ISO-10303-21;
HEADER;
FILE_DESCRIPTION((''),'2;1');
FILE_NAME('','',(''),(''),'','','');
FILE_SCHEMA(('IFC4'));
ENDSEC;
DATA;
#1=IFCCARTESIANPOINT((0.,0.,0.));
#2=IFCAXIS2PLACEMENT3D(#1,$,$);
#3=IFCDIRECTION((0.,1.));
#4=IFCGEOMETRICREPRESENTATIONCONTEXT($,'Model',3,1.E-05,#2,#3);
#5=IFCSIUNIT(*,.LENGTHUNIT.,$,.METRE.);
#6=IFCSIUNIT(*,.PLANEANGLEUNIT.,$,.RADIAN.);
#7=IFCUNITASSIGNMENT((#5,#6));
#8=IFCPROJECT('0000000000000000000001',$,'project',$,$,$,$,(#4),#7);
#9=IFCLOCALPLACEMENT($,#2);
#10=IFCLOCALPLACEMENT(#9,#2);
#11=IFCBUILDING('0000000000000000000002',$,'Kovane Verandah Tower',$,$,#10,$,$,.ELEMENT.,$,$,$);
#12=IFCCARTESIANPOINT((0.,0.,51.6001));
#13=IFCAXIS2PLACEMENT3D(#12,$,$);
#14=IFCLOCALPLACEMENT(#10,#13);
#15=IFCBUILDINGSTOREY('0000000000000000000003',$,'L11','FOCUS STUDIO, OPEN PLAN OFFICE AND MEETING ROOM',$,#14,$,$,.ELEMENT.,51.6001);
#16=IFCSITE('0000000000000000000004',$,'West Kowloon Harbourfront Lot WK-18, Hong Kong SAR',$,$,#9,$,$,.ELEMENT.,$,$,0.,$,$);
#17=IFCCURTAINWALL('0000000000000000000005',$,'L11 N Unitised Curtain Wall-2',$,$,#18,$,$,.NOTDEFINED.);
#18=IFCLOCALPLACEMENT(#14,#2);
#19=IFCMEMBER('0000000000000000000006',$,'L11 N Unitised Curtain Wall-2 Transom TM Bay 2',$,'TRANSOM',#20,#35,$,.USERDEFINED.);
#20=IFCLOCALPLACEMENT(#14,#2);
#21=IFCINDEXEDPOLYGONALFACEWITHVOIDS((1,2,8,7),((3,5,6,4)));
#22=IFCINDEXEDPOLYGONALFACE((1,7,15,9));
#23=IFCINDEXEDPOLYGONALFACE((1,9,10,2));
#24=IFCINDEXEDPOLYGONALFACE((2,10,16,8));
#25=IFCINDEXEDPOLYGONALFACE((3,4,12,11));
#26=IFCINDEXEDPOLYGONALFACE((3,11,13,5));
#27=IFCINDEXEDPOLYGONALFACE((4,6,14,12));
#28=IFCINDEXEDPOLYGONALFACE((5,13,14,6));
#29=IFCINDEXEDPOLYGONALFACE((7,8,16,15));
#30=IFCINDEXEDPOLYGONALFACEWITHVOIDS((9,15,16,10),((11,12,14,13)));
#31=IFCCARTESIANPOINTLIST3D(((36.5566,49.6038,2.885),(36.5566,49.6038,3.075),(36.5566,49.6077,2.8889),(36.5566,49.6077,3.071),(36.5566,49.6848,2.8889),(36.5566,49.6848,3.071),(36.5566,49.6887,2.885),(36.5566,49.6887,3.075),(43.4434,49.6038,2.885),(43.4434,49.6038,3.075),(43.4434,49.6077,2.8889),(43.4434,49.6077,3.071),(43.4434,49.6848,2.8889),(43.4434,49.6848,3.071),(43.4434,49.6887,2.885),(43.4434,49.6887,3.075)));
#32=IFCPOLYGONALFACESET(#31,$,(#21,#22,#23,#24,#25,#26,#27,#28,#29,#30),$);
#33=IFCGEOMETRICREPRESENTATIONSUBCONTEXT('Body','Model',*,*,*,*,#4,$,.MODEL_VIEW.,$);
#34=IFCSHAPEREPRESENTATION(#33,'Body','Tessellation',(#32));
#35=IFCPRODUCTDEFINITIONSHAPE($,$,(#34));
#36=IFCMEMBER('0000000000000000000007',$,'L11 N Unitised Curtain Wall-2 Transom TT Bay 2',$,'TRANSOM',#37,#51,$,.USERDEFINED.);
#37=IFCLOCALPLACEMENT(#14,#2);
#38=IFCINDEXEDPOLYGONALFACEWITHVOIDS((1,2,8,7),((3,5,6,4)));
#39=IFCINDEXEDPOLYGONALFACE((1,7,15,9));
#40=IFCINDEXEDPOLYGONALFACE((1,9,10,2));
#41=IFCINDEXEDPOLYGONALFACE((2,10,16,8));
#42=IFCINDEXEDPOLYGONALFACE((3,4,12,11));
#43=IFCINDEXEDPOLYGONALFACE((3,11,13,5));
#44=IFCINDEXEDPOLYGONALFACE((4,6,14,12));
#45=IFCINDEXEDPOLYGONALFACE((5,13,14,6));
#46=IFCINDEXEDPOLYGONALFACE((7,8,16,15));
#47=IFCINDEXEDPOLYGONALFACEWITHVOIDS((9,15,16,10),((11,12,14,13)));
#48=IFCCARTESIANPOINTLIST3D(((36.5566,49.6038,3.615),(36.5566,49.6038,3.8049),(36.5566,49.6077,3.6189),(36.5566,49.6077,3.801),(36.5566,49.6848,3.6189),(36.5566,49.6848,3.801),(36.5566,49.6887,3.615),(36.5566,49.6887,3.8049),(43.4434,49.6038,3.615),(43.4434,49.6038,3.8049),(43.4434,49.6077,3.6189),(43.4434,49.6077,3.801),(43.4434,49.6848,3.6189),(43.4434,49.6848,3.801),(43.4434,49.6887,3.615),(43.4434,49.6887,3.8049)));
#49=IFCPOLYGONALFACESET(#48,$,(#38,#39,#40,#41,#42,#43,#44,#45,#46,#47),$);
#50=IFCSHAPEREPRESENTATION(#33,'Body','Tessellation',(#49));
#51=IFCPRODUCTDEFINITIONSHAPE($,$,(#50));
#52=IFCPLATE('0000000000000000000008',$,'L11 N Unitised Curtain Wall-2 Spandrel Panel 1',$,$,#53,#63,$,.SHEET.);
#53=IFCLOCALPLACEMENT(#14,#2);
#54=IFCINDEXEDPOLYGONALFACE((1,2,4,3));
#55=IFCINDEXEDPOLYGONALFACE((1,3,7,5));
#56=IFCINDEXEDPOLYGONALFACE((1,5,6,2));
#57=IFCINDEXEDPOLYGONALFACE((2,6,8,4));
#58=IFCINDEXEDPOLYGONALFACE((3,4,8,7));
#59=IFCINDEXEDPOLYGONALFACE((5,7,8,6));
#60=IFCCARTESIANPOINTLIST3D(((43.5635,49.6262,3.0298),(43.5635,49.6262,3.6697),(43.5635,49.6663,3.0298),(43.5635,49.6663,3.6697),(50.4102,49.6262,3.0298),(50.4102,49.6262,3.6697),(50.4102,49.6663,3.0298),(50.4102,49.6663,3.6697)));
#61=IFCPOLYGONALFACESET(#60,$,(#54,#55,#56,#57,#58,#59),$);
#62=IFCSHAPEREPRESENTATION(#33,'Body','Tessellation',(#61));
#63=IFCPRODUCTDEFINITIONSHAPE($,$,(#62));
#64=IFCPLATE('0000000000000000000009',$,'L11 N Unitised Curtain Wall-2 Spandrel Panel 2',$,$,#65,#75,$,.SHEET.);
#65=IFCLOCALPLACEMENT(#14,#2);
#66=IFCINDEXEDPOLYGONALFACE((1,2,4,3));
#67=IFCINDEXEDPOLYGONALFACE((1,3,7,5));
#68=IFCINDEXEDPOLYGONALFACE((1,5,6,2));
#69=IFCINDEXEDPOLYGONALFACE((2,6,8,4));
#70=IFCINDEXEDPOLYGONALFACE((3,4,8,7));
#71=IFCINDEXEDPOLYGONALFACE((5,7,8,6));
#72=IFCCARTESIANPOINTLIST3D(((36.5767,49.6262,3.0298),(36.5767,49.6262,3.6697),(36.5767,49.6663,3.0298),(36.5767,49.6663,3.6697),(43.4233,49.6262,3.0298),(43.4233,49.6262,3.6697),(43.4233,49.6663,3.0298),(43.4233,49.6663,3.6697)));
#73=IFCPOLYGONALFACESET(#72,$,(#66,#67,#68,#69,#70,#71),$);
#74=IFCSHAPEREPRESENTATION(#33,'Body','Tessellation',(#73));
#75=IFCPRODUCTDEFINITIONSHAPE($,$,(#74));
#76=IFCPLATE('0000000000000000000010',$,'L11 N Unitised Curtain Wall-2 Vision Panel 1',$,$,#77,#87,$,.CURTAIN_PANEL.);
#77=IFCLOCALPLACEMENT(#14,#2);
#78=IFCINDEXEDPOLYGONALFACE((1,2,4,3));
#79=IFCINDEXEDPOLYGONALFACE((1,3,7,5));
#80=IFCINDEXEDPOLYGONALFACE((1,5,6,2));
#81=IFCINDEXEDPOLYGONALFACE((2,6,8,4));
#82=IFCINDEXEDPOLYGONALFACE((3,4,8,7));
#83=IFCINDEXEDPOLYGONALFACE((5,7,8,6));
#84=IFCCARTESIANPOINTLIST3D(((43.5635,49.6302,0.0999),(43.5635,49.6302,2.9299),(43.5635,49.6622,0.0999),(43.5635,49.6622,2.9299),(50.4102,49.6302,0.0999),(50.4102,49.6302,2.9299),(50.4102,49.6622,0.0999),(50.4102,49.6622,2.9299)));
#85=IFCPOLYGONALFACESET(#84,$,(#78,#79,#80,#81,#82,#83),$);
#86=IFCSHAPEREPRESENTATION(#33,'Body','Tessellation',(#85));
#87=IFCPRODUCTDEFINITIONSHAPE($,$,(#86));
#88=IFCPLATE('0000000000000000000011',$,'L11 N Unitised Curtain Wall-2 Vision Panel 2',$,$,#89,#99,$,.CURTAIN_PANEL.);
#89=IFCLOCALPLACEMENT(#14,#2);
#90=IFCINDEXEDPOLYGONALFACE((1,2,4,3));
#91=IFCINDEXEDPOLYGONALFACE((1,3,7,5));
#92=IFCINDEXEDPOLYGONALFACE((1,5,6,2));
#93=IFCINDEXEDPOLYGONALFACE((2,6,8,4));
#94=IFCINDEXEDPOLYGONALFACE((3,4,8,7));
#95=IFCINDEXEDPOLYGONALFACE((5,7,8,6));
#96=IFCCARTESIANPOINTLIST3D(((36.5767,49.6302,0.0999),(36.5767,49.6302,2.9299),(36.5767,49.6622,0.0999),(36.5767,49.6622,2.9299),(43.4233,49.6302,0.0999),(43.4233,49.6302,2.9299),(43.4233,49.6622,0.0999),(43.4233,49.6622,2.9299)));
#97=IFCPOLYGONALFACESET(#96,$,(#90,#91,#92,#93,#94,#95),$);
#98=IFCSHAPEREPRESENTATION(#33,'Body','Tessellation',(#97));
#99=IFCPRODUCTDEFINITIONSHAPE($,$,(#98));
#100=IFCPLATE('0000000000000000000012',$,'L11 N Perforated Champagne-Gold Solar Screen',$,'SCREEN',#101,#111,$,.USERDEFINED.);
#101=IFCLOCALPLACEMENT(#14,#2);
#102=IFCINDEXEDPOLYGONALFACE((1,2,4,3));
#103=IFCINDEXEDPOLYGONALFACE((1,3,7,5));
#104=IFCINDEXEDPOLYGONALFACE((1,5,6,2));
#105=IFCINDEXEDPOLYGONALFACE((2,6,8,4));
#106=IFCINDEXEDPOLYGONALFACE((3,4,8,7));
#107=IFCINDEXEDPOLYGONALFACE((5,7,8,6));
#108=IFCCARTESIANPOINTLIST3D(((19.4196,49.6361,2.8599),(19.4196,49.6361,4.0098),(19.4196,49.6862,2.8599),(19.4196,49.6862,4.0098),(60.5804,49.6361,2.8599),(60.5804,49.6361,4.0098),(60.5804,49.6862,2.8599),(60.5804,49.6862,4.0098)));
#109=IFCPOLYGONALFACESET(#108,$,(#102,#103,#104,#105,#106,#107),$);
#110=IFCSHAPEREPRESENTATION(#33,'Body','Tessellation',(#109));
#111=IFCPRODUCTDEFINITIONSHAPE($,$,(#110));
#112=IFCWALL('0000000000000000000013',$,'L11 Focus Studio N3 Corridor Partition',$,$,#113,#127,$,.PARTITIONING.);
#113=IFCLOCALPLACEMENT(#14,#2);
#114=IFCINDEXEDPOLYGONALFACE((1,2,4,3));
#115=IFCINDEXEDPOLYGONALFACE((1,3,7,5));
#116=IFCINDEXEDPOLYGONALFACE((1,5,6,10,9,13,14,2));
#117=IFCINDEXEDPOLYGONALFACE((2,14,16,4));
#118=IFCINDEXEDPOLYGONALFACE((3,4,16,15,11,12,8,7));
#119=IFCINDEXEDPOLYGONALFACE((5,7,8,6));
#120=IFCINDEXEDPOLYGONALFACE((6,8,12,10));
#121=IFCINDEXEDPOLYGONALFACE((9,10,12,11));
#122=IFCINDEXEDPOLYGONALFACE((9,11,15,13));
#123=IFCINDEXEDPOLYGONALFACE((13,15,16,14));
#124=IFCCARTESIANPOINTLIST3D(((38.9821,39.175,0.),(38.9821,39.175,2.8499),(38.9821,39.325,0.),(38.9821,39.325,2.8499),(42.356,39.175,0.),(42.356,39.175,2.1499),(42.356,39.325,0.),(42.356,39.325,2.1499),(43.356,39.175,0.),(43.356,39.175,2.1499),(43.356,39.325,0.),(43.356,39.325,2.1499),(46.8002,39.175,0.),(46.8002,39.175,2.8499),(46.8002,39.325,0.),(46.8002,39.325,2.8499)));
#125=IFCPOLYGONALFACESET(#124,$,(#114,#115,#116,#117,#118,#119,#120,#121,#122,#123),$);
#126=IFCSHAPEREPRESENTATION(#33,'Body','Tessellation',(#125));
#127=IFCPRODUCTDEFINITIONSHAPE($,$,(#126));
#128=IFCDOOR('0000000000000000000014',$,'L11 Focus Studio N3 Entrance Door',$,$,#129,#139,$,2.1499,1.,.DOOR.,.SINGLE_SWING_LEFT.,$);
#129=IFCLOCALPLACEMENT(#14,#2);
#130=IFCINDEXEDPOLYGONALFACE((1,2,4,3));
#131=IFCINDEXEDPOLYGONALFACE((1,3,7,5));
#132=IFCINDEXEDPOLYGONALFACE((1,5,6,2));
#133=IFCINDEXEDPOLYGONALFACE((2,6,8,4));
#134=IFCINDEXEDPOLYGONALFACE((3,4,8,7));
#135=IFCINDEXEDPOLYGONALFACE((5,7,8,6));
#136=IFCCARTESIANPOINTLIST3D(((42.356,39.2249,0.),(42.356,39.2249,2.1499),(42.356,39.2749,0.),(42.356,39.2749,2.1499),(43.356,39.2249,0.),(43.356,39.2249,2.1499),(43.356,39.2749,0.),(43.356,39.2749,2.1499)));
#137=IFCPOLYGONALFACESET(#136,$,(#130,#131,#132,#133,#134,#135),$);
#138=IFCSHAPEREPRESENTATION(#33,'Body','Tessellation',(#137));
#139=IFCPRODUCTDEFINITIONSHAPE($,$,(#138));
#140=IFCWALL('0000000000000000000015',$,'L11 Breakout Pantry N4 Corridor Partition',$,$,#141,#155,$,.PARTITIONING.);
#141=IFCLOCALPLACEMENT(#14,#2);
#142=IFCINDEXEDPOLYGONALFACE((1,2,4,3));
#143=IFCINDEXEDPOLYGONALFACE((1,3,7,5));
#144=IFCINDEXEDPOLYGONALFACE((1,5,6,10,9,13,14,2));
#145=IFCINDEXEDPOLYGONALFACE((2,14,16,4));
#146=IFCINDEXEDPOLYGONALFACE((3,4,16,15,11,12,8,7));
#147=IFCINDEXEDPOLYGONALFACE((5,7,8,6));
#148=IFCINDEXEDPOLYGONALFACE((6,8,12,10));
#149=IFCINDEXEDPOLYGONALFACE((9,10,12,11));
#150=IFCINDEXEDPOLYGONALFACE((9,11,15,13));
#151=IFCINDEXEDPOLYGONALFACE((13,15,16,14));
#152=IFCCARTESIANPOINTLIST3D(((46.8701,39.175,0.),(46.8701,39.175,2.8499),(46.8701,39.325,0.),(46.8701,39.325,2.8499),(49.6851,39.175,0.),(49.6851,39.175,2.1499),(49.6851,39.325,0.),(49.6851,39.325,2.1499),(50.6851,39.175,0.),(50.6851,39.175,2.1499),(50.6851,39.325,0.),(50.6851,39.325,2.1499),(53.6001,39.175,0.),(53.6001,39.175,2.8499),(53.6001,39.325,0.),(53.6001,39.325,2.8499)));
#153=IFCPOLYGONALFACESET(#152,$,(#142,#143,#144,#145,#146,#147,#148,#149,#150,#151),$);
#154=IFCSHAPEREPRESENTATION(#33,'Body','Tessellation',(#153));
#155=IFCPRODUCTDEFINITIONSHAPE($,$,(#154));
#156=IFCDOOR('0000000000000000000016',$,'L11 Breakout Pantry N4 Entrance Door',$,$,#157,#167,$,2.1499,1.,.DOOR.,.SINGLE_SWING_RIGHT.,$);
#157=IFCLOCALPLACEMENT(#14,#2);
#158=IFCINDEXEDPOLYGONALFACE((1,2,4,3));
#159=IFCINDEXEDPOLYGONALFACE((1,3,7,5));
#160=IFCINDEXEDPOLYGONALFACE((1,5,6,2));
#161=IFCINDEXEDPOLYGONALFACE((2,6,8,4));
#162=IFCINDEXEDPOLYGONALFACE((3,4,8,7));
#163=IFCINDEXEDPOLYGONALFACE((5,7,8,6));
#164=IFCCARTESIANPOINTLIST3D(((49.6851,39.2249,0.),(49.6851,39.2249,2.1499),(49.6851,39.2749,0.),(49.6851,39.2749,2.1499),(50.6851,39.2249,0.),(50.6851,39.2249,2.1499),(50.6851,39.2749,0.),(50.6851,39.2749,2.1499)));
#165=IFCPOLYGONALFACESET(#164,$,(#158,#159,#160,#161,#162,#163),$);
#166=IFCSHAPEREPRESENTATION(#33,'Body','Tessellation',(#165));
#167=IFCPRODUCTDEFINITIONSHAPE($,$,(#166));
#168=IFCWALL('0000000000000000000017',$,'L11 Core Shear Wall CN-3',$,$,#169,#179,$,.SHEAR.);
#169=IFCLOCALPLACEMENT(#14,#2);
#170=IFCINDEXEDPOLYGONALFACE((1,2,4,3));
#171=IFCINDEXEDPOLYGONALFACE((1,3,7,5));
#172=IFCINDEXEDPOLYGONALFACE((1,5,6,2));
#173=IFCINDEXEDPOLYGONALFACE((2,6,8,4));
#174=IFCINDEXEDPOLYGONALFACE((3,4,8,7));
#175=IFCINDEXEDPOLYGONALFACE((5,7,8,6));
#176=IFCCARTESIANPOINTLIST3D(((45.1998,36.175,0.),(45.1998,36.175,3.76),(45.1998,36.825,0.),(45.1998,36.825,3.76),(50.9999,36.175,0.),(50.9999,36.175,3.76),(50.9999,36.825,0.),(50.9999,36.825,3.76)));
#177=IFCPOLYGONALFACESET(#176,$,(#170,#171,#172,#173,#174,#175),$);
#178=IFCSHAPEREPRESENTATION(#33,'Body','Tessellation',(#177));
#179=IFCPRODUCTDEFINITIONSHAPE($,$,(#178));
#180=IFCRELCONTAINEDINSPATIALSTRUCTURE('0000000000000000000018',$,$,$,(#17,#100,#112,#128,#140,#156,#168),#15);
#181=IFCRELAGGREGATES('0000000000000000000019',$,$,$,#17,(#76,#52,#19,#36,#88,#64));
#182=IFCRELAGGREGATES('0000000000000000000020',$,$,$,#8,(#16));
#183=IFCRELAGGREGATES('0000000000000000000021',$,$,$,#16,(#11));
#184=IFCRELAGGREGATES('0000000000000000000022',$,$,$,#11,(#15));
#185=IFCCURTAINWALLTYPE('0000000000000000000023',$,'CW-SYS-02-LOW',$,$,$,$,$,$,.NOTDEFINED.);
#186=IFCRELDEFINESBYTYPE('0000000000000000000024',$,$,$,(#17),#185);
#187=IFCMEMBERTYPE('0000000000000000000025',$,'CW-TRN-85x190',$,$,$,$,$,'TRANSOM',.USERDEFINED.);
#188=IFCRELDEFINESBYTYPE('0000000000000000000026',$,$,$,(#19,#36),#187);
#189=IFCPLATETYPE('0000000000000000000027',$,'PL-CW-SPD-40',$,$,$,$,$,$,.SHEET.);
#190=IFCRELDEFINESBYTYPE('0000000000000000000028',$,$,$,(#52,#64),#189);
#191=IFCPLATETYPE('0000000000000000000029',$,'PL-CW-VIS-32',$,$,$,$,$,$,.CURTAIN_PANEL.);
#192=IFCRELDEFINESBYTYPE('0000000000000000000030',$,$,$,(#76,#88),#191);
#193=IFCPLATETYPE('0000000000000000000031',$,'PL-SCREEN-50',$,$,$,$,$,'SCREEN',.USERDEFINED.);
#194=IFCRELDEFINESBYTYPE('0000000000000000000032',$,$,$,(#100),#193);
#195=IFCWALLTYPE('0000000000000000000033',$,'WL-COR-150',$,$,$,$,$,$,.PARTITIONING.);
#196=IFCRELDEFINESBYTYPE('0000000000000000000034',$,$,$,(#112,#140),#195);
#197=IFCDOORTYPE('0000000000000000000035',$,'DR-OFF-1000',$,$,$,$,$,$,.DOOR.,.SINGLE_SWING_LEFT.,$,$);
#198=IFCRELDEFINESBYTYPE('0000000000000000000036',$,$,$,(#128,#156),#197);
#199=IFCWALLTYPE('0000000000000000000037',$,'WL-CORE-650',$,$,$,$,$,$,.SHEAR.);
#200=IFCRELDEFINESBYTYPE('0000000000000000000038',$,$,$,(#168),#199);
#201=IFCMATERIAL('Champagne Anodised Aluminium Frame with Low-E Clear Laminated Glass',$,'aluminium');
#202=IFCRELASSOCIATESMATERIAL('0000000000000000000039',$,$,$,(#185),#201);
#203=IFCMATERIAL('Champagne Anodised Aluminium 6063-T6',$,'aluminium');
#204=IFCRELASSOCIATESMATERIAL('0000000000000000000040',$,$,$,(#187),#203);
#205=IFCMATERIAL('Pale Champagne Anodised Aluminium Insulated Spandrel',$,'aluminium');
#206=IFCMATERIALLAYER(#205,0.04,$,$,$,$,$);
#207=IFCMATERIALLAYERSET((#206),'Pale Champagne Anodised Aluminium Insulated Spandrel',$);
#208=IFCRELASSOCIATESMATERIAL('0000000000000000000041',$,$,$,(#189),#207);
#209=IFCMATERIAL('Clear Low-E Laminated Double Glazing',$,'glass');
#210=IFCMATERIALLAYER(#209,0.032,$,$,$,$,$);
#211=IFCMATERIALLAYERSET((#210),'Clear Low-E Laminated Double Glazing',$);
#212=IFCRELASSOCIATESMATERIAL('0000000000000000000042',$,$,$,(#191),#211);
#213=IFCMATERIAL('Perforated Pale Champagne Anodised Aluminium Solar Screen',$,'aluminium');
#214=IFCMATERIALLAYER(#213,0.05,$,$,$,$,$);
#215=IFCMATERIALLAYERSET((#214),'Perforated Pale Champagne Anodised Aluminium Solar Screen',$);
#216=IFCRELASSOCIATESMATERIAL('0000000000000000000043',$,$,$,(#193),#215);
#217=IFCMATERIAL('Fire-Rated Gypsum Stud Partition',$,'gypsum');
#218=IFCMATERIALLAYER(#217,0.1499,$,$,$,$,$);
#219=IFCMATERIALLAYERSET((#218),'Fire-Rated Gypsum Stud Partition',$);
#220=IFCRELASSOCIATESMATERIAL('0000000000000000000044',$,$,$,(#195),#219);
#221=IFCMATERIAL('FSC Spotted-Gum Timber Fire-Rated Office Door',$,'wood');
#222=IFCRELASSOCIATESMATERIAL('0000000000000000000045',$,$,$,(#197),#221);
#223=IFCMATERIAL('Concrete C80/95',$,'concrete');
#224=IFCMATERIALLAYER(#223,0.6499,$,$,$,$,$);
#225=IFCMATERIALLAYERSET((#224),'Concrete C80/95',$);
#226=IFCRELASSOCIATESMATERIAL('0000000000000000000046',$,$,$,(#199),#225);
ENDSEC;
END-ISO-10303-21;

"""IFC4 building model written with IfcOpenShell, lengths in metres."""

from ifc_helpers import new_model, si_unit, direction, frame, frame_2d, origin, origin_2d, place, context, subcontext, project, spatial, rectangle, hollow_rectangle, extrude, material, layer, layer_set, material_profile, profile_set, type_object, element, fill, aggregate, save


model = new_model("IFC4")

# Units and contexts
model_context = context("Model", 3, precision=1e-05, world=origin(), true_north=direction((0.0, 1.0)))
body_context = subcontext(model_context, "Body", "Model", "MODEL_VIEW")
ifc_project = project(units=[si_unit("LENGTHUNIT", "METRE"), si_unit("PLANEANGLEUNIT", "RADIAN")], contexts=[model_context])

# Site, building, storey
site_placement = place(None, origin())
site = spatial("IfcSite", under=ifc_project, at=site_placement, Name="West Kowloon Harbourfront Lot WK-18, Hong Kong SAR", CompositionType="ELEMENT", RefElevation=0.0)
building_placement = place(site_placement, origin())
building = spatial("IfcBuilding", under=site, at=building_placement, Name="Kovane Verandah Tower", CompositionType="ELEMENT")
storey_placement = place(building_placement, frame((0.0, 0.0, 51.6001)))
storey = spatial("IfcBuildingStorey", under=building, at=storey_placement, Name="L11", Description="FOCUS STUDIO, OPEN PLAN OFFICE AND MEETING ROOM", CompositionType="ELEMENT", Elevation=51.6001)

# Shared definitions
ifc_material_1 = material(Name="Concrete C80/95", Category="concrete")

# Curtain wall, members, plates
ifc_material_2 = material(Name="Champagne Anodised Aluminium Frame with Low-E Clear Laminated Glass", Category="aluminium")
curtain_wall_type = type_object("IfcCurtainWallType", Name="CW-SYS-02-LOW", PredefinedType="NOTDEFINED", material=ifc_material_2)
curtain_wall_placement = place(storey_placement, origin())
curtain_wall = element("IfcCurtainWall", 1, at=curtain_wall_placement, inside=storey, type_object=curtain_wall_type, Name="L11 N Unitised Curtain Wall-2", PredefinedType="NOTDEFINED")
ifc_material_3 = material(Name="Champagne Anodised Aluminium 6063-T6", Category="aluminium")
ifc_material_profile_1 = material_profile(ifc_material_3, hollow_rectangle(XDim=0.085, YDim=0.1899, WallThickness=0.0039, at=origin_2d()), Name="AL85x190x4")
ifc_profile_set_1 = profile_set([ifc_material_profile_1], Name="Champagne Anodised Aluminium 6063-T6")
member_type_1 = type_object("IfcMemberType", Name="CW-TRN-85x190", ElementType="TRANSOM", PredefinedType="USERDEFINED", material=ifc_profile_set_1)
member_1_placement = place(storey_placement, frame((43.4434, 49.6462, 2.98), z_axis=(-1.0, 0.0, 0.0), x_axis=(0.0, -1.0, 0.0)))
member_1 = element("IfcMember", 2, at=member_1_placement, type_object=member_type_1, Name="L11 N Unitised Curtain Wall-2 Transom TM Bay 2", ObjectType="TRANSOM", PredefinedType="USERDEFINED", context=body_context, shape_type="SweptSolid", body=[
    extrude(hollow_rectangle(XDim=0.085, YDim=0.1899, WallThickness=0.0039, at=origin_2d()), origin(), (0.0, 0.0, 1.0), 6.8867),
])
member_2_placement = place(storey_placement, frame((43.4434, 49.6462, 3.71), z_axis=(-1.0, 0.0, 0.0), x_axis=(0.0, -1.0, 0.0)))
member_2 = element("IfcMember", 3, at=member_2_placement, type_object=member_type_1, Name="L11 N Unitised Curtain Wall-2 Transom TT Bay 2", ObjectType="TRANSOM", PredefinedType="USERDEFINED", context=body_context, shape_type="SweptSolid", body=[
    extrude(hollow_rectangle(XDim=0.085, YDim=0.1899, WallThickness=0.0039, at=origin_2d()), origin(), (0.0, 0.0, 1.0), 6.8867),
])
ifc_material_4 = material(Name="Pale Champagne Anodised Aluminium Insulated Spandrel", Category="aluminium")
ifc_layer_1 = layer(ifc_material_4, 0.04)
ifc_layer_set_1 = layer_set([ifc_layer_1], Name="Pale Champagne Anodised Aluminium Insulated Spandrel")
plate_type_1 = type_object("IfcPlateType", Name="PL-CW-SPD-40", PredefinedType="SHEET", material=ifc_layer_set_1)
plate_1_placement = place(storey_placement, frame((46.9868, 49.6462, 3.0298), z_axis=(0.0, 0.0, 1.0), x_axis=(-1.0, 0.0, 0.0)))
plate_1 = element("IfcPlate", 4, at=plate_1_placement, type_object=plate_type_1, Name="L11 N Unitised Curtain Wall-2 Spandrel Panel 1", PredefinedType="SHEET", context=body_context, shape_type="SweptSolid", body=[
    extrude(rectangle(XDim=6.8467, YDim=0.04, at=origin_2d()), origin(), (0.0, 0.0, 1.0), 0.6399),
])
plate_2_placement = place(storey_placement, frame((40.0, 49.6462, 3.0298), z_axis=(0.0, 0.0, 1.0), x_axis=(-1.0, 0.0, 0.0)))
plate_2 = element("IfcPlate", 5, at=plate_2_placement, type_object=plate_type_1, Name="L11 N Unitised Curtain Wall-2 Spandrel Panel 2", PredefinedType="SHEET", context=body_context, shape_type="SweptSolid", body=[
    extrude(rectangle(XDim=6.8467, YDim=0.04, at=origin_2d()), origin(), (0.0, 0.0, 1.0), 0.6399),
])
ifc_material_5 = material(Name="Clear Low-E Laminated Double Glazing", Category="glass")
ifc_layer_2 = layer(ifc_material_5, 0.032)
ifc_layer_set_2 = layer_set([ifc_layer_2], Name="Clear Low-E Laminated Double Glazing")
plate_type_2 = type_object("IfcPlateType", Name="PL-CW-VIS-32", PredefinedType="CURTAIN_PANEL", material=ifc_layer_set_2)
plate_3_placement = place(storey_placement, frame((46.9868, 49.6462, 0.0999), z_axis=(0.0, 0.0, 1.0), x_axis=(-1.0, 0.0, 0.0)))
plate_3 = element("IfcPlate", 6, at=plate_3_placement, type_object=plate_type_2, Name="L11 N Unitised Curtain Wall-2 Vision Panel 1", PredefinedType="CURTAIN_PANEL", context=body_context, shape_type="SweptSolid", body=[
    extrude(rectangle(XDim=6.8467, YDim=0.032, at=origin_2d()), origin(), (0.0, 0.0, 1.0), 2.8301),
])
plate_4_placement = place(storey_placement, frame((40.0, 49.6462, 0.0999), z_axis=(0.0, 0.0, 1.0), x_axis=(-1.0, 0.0, 0.0)))
plate_4 = element("IfcPlate", 7, at=plate_4_placement, type_object=plate_type_2, Name="L11 N Unitised Curtain Wall-2 Vision Panel 2", PredefinedType="CURTAIN_PANEL", context=body_context, shape_type="SweptSolid", body=[
    extrude(rectangle(XDim=6.8467, YDim=0.032, at=origin_2d()), origin(), (0.0, 0.0, 1.0), 2.8301),
])
aggregate(curtain_wall, [plate_3, plate_1, member_1, member_2, plate_4, plate_2])

# Plate
ifc_material_6 = material(Name="Perforated Pale Champagne Anodised Aluminium Solar Screen", Category="aluminium")
ifc_layer_3 = layer(ifc_material_6, 0.05)
ifc_layer_set_3 = layer_set([ifc_layer_3], Name="Perforated Pale Champagne Anodised Aluminium Solar Screen")
plate_type_3 = type_object("IfcPlateType", Name="PL-SCREEN-50", ElementType="SCREEN", PredefinedType="USERDEFINED", material=ifc_layer_set_3)
plate_5_placement = place(storey_placement, frame((40.0, 49.6611, 2.8599), z_axis=(0.0, 0.0, 1.0), x_axis=(-1.0, 0.0, 0.0)))
element("IfcPlate", 8, at=plate_5_placement, inside=storey, type_object=plate_type_3, Name="L11 N Perforated Champagne-Gold Solar Screen", ObjectType="SCREEN", PredefinedType="USERDEFINED", context=body_context, shape_type="SweptSolid", body=[
    extrude(rectangle(XDim=41.1609, YDim=0.05, at=origin_2d()), origin(), (0.0, 0.0, 1.0), 1.1499),
])

# Walls, openings, doors
ifc_material_7 = material(Name="Fire-Rated Gypsum Stud Partition", Category="gypsum")
ifc_layer_4 = layer(ifc_material_7, 0.1499)
ifc_layer_set_4 = layer_set([ifc_layer_4], Name="Fire-Rated Gypsum Stud Partition")
wall_type_1 = type_object("IfcWallType", Name="WL-COR-150", PredefinedType="PARTITIONING", material=ifc_layer_set_4)
wall_1_placement = place(storey_placement, frame((38.9819, 39.25, 0.0), z_axis=(0.0, 0.0, 1.0), x_axis=(1.0, 0.0, 0.0)))
wall_1 = element("IfcWall", 9, at=wall_1_placement, inside=storey, type_object=wall_type_1, Name="L11 Focus Studio N3 Corridor Partition", PredefinedType="PARTITIONING", context=body_context, shape_type="SweptSolid", body=[
    extrude(rectangle(XDim=7.8181, YDim=0.1499, at=frame_2d((3.9092, 0.0))), origin(), (0.0, 0.0, 1.0), 2.8499),
])
opening_1_placement = place(wall_1_placement, frame((3.374, 0.0, 0.0)))
opening_1 = element("IfcOpeningElement", 10, at=opening_1_placement, cuts=wall_1, PredefinedType="OPENING", context=body_context, shape_type="SweptSolid", body=[
    extrude(rectangle(XDim=1.0, YDim=2.1499, at=frame_2d((0.5, 1.075))), frame((0.0, 0.075, 0.0), z_axis=(0.0, -1.0, 0.0), x_axis=(1.0, 0.0, 0.0)), (0.0, 0.0, 1.0), 0.1499),
])
ifc_material_8 = material(Name="FSC Spotted-Gum Timber Fire-Rated Office Door", Category="wood")
door_type = type_object("IfcDoorType", Name="DR-OFF-1000", OperationType="SINGLE_SWING_LEFT", PredefinedType="DOOR", material=ifc_material_8)
door_1_placement = place(opening_1_placement, origin())
door_1 = element("IfcDoor", 11, at=door_1_placement, inside=storey, type_object=door_type, Name="L11 Focus Studio N3 Entrance Door", OperationType="SINGLE_SWING_LEFT", OverallHeight=2.1499, OverallWidth=1.0, PredefinedType="DOOR", context=body_context, shape_type="SweptSolid", body=[
    extrude(rectangle(XDim=1.0, YDim=2.1499, at=frame_2d((0.5, 1.075))), frame((0.0, 0.0249, 0.0), z_axis=(0.0, -1.0, 0.0), x_axis=(1.0, 0.0, 0.0)), (0.0, 0.0, 1.0), 0.05),
])
fill(opening_1, door_1)
wall_2_placement = place(storey_placement, frame((46.8701, 39.25, 0.0), z_axis=(0.0, 0.0, 1.0), x_axis=(1.0, 0.0, 0.0)))
wall_2 = element("IfcWall", 12, at=wall_2_placement, inside=storey, type_object=wall_type_1, Name="L11 Breakout Pantry N4 Corridor Partition", PredefinedType="PARTITIONING", context=body_context, shape_type="SweptSolid", body=[
    extrude(rectangle(XDim=6.73, YDim=0.1499, at=frame_2d((3.365, 0.0))), origin(), (0.0, 0.0, 1.0), 2.8499),
])
opening_2_placement = place(wall_2_placement, frame((2.8149, 0.0, 0.0)))
opening_2 = element("IfcOpeningElement", 13, at=opening_2_placement, cuts=wall_2, PredefinedType="OPENING", context=body_context, shape_type="SweptSolid", body=[
    extrude(rectangle(XDim=1.0, YDim=2.1499, at=frame_2d((0.5, 1.075))), frame((0.0, 0.075, 0.0), z_axis=(0.0, -1.0, 0.0), x_axis=(1.0, 0.0, 0.0)), (0.0, 0.0, 1.0), 0.1499),
])
door_2_placement = place(opening_2_placement, origin())
door_2 = element("IfcDoor", 14, at=door_2_placement, inside=storey, type_object=door_type, Name="L11 Breakout Pantry N4 Entrance Door", OperationType="SINGLE_SWING_RIGHT", OverallHeight=2.1499, OverallWidth=1.0, PredefinedType="DOOR", context=body_context, shape_type="SweptSolid", body=[
    extrude(rectangle(XDim=1.0, YDim=2.1499, at=frame_2d((0.5, 1.075))), frame((0.0, 0.0249, 0.0), z_axis=(0.0, -1.0, 0.0), x_axis=(1.0, 0.0, 0.0)), (0.0, 0.0, 1.0), 0.05),
])
fill(opening_2, door_2)

# Wall
ifc_layer_5 = layer(ifc_material_1, 0.6499)
ifc_layer_set_5 = layer_set([ifc_layer_5], Name="Concrete C80/95")
wall_type_2 = type_object("IfcWallType", Name="WL-CORE-650", PredefinedType="SHEAR", material=ifc_layer_set_5)
wall_3_placement = place(storey_placement, frame((45.2, 36.5, 0.0), z_axis=(0.0, 0.0, 1.0), x_axis=(1.0, 0.0, 0.0)))
element("IfcWall", 15, at=wall_3_placement, inside=storey, type_object=wall_type_2, Name="L11 Core Shear Wall CN-3", PredefinedType="SHEAR", context=body_context, shape_type="SweptSolid", body=[
    extrude(rectangle(XDim=5.8, YDim=0.6499, at=frame_2d((2.8999, 0.0))), origin(), (0.0, 0.0, 1.0), 3.76),
])

save(model, "model.ifc")
